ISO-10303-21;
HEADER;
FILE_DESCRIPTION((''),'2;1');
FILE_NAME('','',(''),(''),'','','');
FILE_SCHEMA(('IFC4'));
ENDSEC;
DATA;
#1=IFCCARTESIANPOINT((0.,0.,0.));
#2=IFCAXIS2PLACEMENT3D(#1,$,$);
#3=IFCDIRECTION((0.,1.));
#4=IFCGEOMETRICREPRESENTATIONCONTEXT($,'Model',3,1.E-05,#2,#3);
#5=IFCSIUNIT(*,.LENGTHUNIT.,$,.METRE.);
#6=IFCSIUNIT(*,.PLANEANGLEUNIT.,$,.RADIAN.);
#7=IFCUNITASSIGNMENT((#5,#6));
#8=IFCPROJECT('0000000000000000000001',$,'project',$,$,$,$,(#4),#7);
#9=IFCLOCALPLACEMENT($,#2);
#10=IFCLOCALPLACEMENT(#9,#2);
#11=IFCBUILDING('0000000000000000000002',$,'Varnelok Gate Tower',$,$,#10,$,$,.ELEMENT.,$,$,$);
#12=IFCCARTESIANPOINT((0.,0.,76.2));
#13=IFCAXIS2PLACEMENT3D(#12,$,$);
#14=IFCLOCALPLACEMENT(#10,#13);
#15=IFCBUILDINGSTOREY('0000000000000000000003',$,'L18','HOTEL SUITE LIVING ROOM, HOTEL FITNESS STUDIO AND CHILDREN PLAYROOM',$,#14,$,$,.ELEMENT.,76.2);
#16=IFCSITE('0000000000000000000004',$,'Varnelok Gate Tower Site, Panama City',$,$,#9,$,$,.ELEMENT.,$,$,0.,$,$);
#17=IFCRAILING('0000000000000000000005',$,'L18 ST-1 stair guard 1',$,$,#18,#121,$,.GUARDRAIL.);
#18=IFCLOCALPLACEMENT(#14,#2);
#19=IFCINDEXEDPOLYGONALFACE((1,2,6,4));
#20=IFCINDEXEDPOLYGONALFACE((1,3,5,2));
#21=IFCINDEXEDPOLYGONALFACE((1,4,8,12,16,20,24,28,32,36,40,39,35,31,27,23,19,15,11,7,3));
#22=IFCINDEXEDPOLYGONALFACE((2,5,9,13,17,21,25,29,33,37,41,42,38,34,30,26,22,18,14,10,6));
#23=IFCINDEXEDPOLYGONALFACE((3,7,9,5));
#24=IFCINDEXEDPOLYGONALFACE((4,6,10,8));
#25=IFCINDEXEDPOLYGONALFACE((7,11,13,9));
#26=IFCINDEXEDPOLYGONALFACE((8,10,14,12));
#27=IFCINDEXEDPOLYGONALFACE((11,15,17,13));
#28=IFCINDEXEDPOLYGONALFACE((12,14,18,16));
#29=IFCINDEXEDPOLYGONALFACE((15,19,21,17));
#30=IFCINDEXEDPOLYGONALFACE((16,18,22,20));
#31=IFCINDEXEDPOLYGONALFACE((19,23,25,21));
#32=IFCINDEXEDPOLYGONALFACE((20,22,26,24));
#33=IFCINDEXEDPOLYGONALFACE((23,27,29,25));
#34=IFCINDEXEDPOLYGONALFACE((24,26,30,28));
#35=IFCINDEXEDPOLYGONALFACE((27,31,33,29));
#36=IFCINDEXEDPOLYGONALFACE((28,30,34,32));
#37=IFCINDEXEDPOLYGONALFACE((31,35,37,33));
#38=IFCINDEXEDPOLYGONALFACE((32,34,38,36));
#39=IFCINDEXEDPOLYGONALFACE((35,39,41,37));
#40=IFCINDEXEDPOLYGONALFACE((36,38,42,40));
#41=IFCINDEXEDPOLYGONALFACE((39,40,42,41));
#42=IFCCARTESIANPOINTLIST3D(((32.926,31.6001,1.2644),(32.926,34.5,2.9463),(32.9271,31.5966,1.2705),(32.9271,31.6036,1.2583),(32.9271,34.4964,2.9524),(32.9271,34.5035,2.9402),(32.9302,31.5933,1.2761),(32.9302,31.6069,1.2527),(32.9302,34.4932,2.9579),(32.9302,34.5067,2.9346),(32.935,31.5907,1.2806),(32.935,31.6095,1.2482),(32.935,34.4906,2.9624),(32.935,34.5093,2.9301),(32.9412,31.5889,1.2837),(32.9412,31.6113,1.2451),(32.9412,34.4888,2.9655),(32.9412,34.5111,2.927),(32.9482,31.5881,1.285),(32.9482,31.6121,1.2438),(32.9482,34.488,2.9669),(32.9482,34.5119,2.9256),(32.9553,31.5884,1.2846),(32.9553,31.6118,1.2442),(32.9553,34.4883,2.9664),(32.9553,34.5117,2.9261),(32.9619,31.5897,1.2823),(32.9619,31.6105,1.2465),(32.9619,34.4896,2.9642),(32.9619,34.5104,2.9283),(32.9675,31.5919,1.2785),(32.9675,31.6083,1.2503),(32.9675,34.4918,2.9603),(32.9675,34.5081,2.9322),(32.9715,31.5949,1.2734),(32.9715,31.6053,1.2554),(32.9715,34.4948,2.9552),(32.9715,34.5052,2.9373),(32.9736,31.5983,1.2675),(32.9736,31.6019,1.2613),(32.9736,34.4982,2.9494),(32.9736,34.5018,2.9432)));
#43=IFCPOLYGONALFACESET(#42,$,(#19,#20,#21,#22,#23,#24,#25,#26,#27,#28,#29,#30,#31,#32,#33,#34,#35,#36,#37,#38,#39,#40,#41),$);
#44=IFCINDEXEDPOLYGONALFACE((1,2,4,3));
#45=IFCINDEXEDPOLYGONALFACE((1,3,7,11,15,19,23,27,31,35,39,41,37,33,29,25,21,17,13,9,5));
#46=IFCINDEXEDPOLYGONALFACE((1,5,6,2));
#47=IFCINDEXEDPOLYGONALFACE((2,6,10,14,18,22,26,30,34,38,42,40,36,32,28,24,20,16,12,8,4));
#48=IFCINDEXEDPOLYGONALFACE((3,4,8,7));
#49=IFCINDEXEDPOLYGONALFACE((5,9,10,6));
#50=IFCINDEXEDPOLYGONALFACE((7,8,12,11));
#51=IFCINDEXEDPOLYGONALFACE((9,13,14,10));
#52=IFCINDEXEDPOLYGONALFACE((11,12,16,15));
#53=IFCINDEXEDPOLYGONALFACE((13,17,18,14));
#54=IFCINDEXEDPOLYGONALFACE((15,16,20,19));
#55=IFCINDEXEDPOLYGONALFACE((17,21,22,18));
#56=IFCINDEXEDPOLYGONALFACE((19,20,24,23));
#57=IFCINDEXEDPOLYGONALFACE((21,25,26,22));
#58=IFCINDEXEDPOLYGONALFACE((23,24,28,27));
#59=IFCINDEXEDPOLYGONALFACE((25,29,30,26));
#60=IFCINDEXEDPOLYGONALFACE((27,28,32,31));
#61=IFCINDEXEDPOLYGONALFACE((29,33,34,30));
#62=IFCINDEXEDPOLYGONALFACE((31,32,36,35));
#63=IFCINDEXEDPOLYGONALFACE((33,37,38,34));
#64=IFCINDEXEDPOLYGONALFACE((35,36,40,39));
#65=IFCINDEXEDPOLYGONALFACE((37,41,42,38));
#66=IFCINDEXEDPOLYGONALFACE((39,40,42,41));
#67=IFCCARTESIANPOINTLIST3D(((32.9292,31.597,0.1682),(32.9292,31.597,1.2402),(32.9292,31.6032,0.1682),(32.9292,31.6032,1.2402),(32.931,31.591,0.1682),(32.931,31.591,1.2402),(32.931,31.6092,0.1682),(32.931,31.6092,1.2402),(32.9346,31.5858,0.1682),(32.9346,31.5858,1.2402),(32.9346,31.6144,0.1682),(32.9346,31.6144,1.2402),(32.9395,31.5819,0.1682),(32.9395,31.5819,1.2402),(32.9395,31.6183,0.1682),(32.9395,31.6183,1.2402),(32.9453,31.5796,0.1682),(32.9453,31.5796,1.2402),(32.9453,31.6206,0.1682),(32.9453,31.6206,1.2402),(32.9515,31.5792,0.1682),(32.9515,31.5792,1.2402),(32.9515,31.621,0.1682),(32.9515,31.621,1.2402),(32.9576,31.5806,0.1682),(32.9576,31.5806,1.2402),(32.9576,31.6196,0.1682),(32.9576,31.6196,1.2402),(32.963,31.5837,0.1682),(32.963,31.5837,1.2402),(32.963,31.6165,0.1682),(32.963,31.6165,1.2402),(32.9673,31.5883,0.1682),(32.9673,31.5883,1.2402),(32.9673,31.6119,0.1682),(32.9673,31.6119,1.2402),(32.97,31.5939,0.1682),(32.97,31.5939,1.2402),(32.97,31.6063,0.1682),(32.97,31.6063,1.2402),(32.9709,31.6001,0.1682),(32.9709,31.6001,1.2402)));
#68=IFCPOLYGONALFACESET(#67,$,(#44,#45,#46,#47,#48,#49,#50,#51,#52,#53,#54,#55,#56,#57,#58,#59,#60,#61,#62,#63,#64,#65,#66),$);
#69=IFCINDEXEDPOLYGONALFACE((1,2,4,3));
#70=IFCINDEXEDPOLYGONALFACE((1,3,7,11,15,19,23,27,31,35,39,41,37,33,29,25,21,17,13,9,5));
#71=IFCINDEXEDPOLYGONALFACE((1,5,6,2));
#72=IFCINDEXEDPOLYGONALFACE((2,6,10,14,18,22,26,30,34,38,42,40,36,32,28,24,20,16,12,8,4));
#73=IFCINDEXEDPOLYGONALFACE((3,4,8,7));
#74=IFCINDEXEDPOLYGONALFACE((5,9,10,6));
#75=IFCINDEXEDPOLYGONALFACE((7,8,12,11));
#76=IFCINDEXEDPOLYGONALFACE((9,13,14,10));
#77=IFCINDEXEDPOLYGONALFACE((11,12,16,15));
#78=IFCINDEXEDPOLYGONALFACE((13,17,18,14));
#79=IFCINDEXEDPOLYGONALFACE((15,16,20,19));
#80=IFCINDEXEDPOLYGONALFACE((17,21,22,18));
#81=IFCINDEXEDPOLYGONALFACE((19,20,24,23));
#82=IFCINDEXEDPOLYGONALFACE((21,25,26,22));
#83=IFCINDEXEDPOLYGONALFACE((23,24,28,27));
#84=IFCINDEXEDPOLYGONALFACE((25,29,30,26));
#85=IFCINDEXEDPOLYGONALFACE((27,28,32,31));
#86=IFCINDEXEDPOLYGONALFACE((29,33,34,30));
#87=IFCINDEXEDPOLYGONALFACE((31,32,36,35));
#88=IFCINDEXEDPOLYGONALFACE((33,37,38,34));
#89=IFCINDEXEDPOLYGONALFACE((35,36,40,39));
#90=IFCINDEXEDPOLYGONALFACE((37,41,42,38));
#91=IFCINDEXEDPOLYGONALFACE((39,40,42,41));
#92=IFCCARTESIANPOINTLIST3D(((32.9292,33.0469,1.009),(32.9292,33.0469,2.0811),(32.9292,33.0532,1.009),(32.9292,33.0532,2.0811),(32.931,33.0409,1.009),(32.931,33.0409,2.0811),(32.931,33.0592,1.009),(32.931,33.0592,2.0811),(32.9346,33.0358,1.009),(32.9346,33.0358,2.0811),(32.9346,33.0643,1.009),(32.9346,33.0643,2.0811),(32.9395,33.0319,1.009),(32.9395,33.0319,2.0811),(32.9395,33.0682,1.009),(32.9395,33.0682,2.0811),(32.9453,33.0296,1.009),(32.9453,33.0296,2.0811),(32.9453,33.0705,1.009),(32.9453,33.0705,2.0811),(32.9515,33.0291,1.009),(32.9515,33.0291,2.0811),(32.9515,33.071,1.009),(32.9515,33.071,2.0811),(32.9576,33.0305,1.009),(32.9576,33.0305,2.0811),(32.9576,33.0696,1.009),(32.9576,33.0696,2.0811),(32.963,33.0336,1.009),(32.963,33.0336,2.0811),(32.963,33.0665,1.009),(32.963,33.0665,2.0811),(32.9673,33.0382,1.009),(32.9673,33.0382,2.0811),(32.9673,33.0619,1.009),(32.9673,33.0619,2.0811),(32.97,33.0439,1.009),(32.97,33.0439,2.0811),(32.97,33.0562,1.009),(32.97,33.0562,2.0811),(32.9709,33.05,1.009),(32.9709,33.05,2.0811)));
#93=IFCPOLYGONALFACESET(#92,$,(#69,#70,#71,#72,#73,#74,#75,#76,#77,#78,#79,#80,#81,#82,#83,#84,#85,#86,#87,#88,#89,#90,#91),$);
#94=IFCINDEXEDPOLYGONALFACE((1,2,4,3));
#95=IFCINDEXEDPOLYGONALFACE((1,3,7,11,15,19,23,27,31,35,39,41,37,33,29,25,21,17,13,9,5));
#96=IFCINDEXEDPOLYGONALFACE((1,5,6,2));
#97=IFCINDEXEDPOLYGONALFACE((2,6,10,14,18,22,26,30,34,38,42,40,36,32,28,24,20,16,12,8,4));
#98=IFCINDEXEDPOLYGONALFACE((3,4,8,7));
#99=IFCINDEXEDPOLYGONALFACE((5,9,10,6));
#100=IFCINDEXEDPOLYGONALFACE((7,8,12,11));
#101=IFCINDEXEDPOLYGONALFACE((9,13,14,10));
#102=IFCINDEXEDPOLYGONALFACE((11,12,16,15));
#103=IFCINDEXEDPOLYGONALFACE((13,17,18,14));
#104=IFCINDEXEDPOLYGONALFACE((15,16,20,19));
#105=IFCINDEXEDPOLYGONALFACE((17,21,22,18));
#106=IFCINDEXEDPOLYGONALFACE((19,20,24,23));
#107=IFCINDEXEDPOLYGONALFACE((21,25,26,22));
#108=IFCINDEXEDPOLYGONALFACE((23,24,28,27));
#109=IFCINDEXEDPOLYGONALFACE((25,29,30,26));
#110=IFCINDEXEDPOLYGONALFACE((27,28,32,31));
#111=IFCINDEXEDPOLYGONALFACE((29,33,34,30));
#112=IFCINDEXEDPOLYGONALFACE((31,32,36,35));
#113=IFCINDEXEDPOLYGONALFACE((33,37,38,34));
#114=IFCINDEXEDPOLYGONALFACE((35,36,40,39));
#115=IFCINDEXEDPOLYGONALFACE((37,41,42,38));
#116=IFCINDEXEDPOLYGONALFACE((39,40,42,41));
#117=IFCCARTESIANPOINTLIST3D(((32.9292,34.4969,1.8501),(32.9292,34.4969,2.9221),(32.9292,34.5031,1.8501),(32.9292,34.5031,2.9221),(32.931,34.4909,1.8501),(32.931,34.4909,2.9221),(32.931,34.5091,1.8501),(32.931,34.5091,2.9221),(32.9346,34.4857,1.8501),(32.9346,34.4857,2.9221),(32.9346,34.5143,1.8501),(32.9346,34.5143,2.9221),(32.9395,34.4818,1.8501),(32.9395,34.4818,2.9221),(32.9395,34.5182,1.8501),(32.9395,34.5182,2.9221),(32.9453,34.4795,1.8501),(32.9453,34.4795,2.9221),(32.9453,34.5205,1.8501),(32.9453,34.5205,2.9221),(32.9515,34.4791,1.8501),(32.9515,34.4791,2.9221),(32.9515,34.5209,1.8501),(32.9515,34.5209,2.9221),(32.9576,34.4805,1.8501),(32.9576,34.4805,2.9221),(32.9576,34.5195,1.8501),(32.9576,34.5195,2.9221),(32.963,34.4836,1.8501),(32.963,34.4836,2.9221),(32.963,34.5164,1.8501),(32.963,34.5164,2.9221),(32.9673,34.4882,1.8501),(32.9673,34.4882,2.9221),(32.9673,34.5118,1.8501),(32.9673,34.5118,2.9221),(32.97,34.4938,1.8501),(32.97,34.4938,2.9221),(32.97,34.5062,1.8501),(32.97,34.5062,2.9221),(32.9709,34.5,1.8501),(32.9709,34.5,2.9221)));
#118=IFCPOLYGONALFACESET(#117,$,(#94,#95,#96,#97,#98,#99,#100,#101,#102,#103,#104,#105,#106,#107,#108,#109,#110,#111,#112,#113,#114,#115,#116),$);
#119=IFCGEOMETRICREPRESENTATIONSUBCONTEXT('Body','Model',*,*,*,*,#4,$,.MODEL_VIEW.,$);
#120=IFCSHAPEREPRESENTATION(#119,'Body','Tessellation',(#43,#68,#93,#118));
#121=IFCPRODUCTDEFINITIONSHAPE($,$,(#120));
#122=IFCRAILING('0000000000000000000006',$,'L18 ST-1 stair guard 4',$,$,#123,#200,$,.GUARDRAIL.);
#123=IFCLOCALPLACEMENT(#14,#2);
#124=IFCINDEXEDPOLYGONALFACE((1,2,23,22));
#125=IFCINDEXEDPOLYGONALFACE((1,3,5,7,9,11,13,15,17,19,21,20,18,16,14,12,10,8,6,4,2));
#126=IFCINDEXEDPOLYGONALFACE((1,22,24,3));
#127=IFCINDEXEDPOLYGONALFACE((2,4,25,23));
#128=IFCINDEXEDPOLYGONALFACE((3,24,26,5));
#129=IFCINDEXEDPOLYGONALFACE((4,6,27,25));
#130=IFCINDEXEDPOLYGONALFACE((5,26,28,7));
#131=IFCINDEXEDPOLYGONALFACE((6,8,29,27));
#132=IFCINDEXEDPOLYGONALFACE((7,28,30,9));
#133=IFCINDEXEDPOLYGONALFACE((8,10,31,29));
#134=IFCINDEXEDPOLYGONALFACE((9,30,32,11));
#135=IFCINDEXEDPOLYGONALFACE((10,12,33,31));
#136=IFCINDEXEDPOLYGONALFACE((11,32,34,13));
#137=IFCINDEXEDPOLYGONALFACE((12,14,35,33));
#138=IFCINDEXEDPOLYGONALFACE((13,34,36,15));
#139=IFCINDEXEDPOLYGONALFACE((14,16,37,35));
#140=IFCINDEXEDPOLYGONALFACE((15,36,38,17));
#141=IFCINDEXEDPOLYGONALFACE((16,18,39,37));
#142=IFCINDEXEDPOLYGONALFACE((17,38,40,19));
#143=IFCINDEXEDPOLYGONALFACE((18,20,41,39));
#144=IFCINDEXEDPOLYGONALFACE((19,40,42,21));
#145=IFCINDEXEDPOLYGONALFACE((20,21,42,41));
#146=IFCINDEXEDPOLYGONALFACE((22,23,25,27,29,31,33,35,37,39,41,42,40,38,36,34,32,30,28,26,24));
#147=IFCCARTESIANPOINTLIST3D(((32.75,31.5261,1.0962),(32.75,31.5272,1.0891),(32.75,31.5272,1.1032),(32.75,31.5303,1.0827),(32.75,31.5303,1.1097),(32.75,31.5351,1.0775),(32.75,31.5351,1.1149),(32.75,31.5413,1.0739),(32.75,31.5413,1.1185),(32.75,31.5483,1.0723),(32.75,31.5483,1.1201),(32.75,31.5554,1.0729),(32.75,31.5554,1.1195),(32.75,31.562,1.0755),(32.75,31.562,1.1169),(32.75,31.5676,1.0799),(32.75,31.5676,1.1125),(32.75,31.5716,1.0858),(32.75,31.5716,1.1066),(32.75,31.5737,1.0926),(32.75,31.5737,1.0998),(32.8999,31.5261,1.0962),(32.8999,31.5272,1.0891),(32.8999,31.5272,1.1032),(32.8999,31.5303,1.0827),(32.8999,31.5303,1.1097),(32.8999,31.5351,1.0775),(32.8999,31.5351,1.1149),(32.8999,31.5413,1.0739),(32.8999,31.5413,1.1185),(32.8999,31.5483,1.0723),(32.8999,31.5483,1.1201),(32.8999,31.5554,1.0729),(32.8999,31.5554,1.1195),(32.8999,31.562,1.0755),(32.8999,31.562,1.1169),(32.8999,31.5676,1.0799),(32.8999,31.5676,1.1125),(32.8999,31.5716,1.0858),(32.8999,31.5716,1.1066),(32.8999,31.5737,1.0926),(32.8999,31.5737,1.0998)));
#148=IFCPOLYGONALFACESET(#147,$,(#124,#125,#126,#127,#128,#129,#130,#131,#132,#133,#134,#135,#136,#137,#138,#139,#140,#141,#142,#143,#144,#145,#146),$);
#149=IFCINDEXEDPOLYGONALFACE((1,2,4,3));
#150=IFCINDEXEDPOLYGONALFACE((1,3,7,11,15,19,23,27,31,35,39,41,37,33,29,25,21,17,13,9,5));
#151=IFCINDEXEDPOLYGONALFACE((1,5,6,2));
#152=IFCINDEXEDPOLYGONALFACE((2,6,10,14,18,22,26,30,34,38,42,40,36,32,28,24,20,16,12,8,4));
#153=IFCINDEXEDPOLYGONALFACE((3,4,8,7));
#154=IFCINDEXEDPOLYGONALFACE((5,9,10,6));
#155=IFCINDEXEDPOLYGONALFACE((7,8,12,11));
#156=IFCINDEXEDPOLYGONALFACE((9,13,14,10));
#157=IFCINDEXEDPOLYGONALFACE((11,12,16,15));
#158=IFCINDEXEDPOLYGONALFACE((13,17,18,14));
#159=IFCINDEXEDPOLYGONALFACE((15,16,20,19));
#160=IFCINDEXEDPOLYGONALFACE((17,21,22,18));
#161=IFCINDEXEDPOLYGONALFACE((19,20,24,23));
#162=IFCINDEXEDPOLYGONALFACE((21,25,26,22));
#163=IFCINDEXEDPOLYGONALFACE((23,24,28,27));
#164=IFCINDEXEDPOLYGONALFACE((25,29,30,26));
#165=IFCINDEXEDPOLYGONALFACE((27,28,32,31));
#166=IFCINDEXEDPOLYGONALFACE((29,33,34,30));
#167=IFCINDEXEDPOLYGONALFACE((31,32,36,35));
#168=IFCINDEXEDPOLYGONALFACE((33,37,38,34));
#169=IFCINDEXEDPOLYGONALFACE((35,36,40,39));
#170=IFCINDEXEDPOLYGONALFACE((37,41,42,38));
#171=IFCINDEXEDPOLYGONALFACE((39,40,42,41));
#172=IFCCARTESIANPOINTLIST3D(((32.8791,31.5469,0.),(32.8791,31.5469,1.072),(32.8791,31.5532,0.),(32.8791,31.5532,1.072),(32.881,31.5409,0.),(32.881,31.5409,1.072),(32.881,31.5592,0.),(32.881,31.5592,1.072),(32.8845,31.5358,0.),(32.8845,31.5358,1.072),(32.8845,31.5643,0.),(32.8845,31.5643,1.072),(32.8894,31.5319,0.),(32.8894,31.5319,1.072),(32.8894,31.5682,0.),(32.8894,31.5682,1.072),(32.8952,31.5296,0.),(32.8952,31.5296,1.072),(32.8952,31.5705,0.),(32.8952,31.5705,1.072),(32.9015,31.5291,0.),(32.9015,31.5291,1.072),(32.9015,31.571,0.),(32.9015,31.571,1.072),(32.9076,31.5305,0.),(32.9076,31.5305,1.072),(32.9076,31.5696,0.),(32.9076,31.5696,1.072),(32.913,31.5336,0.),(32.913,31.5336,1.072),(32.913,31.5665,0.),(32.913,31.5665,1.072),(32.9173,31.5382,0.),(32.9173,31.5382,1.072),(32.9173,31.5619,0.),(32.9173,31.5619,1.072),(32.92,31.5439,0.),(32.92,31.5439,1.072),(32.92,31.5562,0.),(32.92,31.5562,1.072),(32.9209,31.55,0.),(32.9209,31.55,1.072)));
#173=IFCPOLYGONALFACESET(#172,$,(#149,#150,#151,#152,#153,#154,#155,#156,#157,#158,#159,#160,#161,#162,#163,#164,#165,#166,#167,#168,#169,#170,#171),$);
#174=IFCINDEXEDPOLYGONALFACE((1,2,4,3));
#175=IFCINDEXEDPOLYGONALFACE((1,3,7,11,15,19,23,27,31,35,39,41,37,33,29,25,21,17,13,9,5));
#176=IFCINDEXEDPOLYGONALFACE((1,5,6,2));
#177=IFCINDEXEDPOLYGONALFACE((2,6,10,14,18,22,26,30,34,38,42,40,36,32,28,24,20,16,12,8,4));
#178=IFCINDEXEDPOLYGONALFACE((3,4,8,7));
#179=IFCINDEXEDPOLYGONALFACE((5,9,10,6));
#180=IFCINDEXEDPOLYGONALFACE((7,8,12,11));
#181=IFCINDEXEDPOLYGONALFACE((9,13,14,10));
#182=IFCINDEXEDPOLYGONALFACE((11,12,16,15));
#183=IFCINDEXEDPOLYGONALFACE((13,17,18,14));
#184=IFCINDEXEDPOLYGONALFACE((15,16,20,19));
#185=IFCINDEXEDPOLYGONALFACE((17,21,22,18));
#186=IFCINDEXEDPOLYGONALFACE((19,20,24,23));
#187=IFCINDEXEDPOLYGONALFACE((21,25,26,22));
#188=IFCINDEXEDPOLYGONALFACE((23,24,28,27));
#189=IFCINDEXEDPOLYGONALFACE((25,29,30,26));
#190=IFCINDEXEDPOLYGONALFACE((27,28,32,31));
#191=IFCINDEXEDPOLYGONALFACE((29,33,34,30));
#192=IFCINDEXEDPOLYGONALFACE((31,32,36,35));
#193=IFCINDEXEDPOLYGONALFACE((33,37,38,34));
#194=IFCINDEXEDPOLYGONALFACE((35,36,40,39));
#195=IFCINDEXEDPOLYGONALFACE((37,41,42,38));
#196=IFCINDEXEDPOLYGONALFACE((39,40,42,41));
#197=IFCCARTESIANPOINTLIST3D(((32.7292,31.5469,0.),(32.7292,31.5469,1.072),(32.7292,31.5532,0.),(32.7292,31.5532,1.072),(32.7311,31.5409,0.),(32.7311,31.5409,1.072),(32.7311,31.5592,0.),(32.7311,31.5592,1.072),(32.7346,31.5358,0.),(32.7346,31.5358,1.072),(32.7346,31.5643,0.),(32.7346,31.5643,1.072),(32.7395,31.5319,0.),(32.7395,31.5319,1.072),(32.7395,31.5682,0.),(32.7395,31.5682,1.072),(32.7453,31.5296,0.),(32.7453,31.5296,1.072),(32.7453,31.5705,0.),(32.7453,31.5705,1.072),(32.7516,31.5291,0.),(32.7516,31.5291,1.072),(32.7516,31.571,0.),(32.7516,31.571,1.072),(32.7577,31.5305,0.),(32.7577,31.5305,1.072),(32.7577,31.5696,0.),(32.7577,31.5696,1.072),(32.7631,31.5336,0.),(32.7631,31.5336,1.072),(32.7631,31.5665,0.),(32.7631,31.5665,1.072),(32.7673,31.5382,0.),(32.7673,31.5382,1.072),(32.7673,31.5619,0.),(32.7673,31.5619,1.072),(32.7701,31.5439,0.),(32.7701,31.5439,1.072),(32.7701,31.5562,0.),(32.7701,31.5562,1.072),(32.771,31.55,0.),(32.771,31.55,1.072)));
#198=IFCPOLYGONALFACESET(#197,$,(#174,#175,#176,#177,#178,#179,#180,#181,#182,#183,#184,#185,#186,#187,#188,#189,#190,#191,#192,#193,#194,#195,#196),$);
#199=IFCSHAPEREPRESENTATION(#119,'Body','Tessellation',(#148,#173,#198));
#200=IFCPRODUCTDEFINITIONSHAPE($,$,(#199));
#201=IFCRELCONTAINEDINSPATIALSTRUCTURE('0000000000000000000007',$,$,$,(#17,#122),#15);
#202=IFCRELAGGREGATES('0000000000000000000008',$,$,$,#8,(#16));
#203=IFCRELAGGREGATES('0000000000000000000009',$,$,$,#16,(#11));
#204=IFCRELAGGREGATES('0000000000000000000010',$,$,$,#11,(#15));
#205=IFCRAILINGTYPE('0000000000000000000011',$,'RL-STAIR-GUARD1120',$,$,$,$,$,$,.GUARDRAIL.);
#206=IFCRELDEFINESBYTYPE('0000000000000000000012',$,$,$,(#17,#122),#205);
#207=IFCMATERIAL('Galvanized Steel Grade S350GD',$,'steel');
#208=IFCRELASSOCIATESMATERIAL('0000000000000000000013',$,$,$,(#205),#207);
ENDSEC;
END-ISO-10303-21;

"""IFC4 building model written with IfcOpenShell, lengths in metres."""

from ifc_helpers import new_model, si_unit, direction, frame, origin, origin_2d, place, context, subcontext, project, spatial, circle, extrude, material, type_object, element, save


model = new_model("IFC4")

# Units and contexts
model_context = context("Model", 3, precision=1e-05, world=origin(), true_north=direction((0.0, 1.0)))
body_context = subcontext(model_context, "Body", "Model", "MODEL_VIEW")
ifc_project = project(units=[si_unit("LENGTHUNIT", "METRE"), si_unit("PLANEANGLEUNIT", "RADIAN")], contexts=[model_context])

# Site, building, storey
site_placement = place(None, origin())
site = spatial("IfcSite", under=ifc_project, at=site_placement, Name="Varnelok Gate Tower Site, Panama City", CompositionType="ELEMENT", RefElevation=0.0)
building_placement = place(site_placement, origin())
building = spatial("IfcBuilding", under=site, at=building_placement, Name="Varnelok Gate Tower", CompositionType="ELEMENT")
storey_placement = place(building_placement, frame((0.0, 0.0, 76.2)))
storey = spatial("IfcBuildingStorey", under=building, at=storey_placement, Name="L18", Description="HOTEL SUITE LIVING ROOM, HOTEL FITNESS STUDIO AND CHILDREN PLAYROOM", CompositionType="ELEMENT", Elevation=76.2)

# Shared definitions
ifc_material_1 = material(Name="Galvanized Steel Grade S350GD", Category="steel")

# Railings
railing_type_1 = type_object("IfcRailingType", Name="RL-STAIR-GUARD1120", PredefinedType="GUARDRAIL", material=ifc_material_1)
railing_1_placement = place(storey_placement, frame((32.95, 31.6001, 0.1682)))
element("IfcRailing", 1, at=railing_1_placement, inside=storey, type_object=railing_type_1, Name="L18 ST-1 stair guard 1", PredefinedType="GUARDRAIL", context=body_context, shape_type="SweptSolid", body=[
    extrude(circle(Radius=0.0239, at=origin_2d()), frame((0.0, 0.0, 1.0962), z_axis=(0.0, 0.865039, 0.501705), x_axis=(-1.0, 0.0, 0.0)), (0.0, 0.0, 1.0), 3.3523),
    extrude(circle(Radius=0.021, at=origin_2d()), origin(), (0.0, 0.0, 1.0), 1.072),
    extrude(circle(Radius=0.021, at=origin_2d()), frame((0.0, 1.45, 0.8408)), (0.0, 0.0, 1.0), 1.072),
    extrude(circle(Radius=0.021, at=origin_2d()), frame((0.0, 2.8999, 1.6819)), (0.0, 0.0, 1.0), 1.072),
])
railing_2_placement = place(storey_placement, frame((32.8999, 31.55, 0.0)))
element("IfcRailing", 2, at=railing_2_placement, inside=storey, type_object=railing_type_1, Name="L18 ST-1 stair guard 4", PredefinedType="GUARDRAIL", context=body_context, shape_type="SweptSolid", body=[
    extrude(circle(Radius=0.0239, at=origin_2d()), frame((0.0, 0.0, 1.0962), z_axis=(-1.0, 0.0, 0.0), x_axis=(0.0, -1.0, 0.0)), (0.0, 0.0, 1.0), 0.1499),
    extrude(circle(Radius=0.021, at=origin_2d()), origin(), (0.0, 0.0, 1.0), 1.072),
    extrude(circle(Radius=0.021, at=origin_2d()), frame((-0.1499, 0.0, 0.0)), (0.0, 0.0, 1.0), 1.072),
])

save(model, "model.ifc")
